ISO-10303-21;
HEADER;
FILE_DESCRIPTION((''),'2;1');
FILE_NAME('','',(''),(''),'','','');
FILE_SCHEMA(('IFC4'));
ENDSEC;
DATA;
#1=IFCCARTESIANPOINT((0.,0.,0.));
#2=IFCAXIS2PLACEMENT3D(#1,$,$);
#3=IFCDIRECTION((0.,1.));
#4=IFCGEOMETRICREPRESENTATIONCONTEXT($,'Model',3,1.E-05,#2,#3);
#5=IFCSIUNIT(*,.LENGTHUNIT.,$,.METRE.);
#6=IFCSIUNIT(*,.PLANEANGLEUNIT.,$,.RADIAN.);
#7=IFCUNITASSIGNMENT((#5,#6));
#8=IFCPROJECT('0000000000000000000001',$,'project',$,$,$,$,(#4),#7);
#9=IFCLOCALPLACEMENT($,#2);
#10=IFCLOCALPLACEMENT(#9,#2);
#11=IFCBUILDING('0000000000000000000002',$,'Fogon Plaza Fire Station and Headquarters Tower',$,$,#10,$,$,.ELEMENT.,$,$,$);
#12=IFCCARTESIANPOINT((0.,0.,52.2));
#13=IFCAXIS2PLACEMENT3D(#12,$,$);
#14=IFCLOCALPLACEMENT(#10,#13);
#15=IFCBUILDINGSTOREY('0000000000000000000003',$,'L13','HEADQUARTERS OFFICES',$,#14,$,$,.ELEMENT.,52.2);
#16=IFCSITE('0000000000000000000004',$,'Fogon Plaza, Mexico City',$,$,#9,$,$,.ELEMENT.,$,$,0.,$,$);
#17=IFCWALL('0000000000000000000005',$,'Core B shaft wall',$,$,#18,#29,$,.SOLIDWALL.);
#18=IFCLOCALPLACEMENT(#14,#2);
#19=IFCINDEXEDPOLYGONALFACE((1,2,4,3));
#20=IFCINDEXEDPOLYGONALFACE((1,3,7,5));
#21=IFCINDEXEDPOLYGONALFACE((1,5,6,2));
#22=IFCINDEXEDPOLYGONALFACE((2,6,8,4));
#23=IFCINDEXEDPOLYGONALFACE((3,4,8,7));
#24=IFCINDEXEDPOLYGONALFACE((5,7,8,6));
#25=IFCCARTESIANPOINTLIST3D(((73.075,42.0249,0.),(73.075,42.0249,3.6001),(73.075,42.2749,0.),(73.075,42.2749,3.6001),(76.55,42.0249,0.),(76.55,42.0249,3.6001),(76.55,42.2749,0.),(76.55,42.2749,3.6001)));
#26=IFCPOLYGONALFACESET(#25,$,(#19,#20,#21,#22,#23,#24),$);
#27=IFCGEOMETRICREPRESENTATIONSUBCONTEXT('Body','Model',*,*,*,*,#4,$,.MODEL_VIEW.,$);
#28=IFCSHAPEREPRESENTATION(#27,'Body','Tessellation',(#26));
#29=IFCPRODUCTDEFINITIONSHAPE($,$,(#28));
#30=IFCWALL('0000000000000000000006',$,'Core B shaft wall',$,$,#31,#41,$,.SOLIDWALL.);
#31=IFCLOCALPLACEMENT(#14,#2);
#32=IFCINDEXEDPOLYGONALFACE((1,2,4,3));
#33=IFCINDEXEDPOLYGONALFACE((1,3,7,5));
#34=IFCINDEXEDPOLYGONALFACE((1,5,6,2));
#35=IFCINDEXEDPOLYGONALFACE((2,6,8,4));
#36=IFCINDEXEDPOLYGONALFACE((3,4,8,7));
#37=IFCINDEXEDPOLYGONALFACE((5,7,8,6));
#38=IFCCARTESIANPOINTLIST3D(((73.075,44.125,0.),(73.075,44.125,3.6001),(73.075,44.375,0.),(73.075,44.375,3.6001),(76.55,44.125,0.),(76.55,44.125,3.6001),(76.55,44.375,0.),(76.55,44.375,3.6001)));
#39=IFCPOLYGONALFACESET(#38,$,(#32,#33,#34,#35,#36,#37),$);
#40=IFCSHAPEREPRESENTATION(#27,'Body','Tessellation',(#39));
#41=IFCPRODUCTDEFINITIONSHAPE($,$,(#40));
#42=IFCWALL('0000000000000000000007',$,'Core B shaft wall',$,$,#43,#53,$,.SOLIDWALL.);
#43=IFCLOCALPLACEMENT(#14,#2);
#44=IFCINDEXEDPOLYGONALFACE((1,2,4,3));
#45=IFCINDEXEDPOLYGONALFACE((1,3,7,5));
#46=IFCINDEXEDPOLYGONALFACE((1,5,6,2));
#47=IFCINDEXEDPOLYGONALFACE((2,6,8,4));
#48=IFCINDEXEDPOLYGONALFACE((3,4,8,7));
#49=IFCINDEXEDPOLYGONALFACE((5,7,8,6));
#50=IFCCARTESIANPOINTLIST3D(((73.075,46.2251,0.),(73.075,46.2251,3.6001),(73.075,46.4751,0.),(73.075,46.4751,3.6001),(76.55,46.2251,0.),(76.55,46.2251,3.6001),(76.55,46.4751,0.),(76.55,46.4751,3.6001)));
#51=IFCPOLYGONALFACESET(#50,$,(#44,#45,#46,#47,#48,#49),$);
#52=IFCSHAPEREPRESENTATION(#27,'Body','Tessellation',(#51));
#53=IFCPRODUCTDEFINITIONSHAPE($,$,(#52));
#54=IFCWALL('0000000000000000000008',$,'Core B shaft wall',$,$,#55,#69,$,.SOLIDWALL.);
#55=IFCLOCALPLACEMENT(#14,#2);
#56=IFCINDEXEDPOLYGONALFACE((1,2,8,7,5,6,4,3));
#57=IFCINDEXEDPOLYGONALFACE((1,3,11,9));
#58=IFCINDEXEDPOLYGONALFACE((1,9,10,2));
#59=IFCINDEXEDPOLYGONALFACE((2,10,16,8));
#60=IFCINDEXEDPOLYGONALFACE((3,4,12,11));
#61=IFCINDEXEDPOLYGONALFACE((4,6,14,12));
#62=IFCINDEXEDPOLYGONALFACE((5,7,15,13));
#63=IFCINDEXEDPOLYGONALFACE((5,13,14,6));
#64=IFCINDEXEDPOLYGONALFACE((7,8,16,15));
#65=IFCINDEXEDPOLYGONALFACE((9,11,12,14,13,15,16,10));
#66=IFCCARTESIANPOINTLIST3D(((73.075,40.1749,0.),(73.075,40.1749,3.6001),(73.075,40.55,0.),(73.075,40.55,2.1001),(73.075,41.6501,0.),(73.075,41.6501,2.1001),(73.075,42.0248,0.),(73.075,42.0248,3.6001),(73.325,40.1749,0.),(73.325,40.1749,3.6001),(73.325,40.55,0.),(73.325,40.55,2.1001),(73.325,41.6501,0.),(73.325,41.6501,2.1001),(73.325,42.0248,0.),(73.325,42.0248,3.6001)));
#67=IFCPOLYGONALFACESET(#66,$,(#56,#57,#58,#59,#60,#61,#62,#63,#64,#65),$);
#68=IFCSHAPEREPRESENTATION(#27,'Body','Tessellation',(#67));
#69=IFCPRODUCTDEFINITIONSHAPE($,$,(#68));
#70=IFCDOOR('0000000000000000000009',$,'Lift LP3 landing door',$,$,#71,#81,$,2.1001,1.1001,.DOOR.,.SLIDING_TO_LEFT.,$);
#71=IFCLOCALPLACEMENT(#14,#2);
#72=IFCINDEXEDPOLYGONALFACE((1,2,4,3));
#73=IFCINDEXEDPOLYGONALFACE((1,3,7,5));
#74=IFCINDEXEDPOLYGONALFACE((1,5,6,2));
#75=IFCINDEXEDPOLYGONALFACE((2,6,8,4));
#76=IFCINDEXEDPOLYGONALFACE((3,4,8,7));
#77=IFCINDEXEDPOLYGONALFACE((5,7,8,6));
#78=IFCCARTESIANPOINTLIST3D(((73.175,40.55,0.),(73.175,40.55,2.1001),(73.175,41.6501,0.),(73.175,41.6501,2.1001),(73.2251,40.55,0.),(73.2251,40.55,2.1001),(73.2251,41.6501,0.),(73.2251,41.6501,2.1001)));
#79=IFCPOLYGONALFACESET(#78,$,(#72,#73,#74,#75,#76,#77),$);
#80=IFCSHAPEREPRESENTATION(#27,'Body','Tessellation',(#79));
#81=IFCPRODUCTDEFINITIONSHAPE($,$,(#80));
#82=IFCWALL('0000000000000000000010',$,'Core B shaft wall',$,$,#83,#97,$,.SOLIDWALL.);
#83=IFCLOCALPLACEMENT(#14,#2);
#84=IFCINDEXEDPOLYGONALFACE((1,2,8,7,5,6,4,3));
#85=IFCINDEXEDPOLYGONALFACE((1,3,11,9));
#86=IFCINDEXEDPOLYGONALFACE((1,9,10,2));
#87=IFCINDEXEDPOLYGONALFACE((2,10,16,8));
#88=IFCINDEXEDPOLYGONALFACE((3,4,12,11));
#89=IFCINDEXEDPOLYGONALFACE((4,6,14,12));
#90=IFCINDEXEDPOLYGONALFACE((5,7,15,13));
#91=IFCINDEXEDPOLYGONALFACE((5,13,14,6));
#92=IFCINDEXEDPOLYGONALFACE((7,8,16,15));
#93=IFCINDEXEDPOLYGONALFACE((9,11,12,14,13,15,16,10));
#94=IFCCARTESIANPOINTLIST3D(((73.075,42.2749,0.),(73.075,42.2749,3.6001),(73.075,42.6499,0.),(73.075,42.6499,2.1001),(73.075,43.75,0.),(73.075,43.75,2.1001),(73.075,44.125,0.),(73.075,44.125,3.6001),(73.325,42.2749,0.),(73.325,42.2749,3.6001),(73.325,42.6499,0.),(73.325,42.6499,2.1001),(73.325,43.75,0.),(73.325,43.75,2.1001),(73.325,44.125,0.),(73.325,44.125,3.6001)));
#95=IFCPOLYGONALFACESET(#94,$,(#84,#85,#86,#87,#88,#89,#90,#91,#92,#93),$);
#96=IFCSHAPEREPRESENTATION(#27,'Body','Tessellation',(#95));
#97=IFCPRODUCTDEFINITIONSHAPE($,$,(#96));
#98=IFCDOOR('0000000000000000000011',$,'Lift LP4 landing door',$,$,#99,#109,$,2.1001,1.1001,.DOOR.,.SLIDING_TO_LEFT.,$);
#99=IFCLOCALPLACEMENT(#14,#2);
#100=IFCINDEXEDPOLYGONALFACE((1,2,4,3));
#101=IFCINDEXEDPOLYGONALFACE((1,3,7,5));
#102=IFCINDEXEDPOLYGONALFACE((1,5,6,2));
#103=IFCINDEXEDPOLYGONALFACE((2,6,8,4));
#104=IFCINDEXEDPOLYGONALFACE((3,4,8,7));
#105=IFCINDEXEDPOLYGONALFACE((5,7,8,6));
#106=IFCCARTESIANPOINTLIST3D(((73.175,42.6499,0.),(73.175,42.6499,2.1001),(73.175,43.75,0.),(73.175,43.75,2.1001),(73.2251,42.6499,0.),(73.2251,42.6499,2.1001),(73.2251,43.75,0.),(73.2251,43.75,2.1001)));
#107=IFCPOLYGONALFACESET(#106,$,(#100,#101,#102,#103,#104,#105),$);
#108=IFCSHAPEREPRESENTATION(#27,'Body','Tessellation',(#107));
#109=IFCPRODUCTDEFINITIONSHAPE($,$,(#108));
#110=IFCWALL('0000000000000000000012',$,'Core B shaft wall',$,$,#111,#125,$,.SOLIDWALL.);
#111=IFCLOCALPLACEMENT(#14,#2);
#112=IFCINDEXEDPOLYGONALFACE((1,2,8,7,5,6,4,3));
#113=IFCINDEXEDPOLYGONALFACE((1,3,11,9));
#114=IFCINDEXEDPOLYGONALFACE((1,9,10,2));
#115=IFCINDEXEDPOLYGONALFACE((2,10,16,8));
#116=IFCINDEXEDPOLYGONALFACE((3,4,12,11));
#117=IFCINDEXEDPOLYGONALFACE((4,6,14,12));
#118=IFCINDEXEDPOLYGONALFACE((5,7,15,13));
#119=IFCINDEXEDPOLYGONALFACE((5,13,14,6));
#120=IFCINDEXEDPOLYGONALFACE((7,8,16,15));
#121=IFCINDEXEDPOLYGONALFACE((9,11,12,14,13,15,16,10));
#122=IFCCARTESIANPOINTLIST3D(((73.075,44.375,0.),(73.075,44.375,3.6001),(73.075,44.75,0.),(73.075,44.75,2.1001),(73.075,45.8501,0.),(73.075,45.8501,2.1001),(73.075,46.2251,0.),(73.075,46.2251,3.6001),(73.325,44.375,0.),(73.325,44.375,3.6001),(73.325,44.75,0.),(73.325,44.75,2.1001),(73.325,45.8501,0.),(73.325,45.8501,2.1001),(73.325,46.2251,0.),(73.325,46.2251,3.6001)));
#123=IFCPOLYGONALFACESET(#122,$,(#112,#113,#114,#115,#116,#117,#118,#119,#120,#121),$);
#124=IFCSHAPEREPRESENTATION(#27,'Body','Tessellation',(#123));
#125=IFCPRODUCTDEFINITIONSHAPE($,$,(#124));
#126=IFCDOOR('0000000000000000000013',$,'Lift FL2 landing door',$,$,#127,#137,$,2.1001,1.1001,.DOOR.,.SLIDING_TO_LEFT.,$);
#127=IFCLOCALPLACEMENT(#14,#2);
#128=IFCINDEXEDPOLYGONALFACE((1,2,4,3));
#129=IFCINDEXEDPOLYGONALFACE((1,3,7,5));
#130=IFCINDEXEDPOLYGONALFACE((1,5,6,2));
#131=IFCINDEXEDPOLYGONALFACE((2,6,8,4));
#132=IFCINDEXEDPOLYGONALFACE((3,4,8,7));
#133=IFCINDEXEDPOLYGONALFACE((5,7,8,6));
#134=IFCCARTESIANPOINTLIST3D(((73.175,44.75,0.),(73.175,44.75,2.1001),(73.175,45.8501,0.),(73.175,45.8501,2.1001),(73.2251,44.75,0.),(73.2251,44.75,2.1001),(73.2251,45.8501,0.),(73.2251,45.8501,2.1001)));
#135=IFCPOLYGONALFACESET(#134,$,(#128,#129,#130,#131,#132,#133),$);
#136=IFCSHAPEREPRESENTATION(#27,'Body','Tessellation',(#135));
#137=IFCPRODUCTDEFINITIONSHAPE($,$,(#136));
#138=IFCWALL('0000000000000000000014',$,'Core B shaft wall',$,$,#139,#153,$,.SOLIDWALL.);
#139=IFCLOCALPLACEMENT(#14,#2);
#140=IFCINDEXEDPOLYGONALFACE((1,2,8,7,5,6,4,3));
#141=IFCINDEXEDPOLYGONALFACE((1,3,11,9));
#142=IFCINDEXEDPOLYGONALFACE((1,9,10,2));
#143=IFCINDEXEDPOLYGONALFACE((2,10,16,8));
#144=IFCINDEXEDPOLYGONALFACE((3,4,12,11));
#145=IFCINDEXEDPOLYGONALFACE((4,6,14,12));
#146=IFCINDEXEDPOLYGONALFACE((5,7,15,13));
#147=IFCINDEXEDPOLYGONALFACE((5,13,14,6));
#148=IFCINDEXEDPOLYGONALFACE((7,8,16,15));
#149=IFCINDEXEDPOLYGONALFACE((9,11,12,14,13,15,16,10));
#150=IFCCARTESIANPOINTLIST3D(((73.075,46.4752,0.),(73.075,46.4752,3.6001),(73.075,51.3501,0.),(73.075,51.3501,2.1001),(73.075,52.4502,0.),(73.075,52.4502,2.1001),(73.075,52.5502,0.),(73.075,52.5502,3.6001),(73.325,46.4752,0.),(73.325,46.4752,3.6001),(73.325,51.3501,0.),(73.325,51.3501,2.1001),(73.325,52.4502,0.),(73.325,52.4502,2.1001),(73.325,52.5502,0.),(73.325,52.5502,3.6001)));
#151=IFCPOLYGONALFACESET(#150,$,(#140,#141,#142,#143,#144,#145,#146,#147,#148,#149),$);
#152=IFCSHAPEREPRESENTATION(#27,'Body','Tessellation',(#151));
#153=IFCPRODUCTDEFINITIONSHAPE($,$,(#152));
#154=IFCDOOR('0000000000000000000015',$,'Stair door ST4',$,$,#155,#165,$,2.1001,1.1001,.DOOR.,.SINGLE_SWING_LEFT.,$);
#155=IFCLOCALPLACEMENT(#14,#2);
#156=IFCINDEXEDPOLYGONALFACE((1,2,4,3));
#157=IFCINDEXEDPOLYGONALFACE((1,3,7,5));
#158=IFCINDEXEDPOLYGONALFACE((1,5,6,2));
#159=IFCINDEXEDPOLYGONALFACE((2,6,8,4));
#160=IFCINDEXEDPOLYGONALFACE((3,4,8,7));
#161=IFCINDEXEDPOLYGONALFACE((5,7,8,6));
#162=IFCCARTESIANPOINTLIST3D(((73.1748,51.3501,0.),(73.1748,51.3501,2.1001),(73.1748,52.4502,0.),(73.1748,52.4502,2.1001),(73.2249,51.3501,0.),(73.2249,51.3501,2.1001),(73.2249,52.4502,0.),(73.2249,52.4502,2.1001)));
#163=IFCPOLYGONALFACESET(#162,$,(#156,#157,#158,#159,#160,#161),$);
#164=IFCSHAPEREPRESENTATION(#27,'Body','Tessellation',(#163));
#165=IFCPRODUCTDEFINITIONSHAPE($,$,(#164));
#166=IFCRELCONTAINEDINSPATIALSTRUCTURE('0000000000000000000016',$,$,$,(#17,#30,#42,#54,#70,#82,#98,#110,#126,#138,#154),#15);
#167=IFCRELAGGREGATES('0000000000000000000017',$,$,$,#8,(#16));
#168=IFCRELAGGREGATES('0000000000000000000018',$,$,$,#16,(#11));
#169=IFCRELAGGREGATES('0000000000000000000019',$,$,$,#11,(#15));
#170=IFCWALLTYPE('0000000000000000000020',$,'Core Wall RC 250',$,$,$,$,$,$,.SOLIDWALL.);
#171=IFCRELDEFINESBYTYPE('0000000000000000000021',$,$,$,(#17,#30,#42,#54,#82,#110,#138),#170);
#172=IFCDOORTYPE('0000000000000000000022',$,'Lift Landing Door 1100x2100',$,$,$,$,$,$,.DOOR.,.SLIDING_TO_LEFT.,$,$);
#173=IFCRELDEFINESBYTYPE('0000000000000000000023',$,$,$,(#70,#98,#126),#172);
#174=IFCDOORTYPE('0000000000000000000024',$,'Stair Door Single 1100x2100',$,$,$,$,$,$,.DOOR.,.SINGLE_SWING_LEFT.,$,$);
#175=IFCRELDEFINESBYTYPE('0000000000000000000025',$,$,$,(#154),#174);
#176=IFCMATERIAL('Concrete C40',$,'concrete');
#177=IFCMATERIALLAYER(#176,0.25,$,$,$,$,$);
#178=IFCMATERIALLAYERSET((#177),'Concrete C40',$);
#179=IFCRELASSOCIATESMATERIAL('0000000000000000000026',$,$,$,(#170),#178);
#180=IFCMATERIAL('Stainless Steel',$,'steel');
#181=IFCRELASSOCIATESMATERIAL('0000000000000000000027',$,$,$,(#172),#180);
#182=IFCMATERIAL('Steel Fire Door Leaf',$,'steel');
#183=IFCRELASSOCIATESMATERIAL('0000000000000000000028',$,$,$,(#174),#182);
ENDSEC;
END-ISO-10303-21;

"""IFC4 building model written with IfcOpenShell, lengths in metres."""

from ifc_helpers import new_model, si_unit, direction, frame, frame_2d, origin, place, context, subcontext, project, spatial, rectangle, extrude, material, layer, layer_set, type_object, element, fill, save


model = new_model("IFC4")

# Units and contexts
model_context = context("Model", 3, precision=1e-05, world=origin(), true_north=direction((0.0, 1.0)))
body_context = subcontext(model_context, "Body", "Model", "MODEL_VIEW")
ifc_project = project(units=[si_unit("LENGTHUNIT", "METRE"), si_unit("PLANEANGLEUNIT", "RADIAN")], contexts=[model_context])

# Site, building, storey
site_placement = place(None, origin())
site = spatial("IfcSite", under=ifc_project, at=site_placement, Name="Fogon Plaza, Mexico City", CompositionType="ELEMENT", RefElevation=0.0)
building_placement = place(site_placement, origin())
building = spatial("IfcBuilding", under=site, at=building_placement, Name="Fogon Plaza Fire Station and Headquarters Tower", CompositionType="ELEMENT")
storey_placement = place(building_placement, frame((0.0, 0.0, 52.2)))
storey = spatial("IfcBuildingStorey", under=building, at=storey_placement, Name="L13", Description="HEADQUARTERS OFFICES", CompositionType="ELEMENT", Elevation=52.2)

# Walls
ifc_material_1 = material(Name="Concrete C40", Category="concrete")
ifc_layer_1 = layer(ifc_material_1, 0.25)
ifc_layer_set_1 = layer_set([ifc_layer_1], Name="Concrete C40")
wall_type_1 = type_object("IfcWallType", Name="Core Wall RC 250", PredefinedType="SOLIDWALL", material=ifc_layer_set_1)
for number, where, z_axis, x_axis, name in (
    (1, (76.55, 42.1499, 0.0), (0.0, 0.0, 1.0), (-1.0, 0.0, 0.0), "Core B shaft wall"),
    (2, (76.55, 44.25, 0.0), (0.0, 0.0, 1.0), (-1.0, 0.0, 0.0), "Core B shaft wall"),
    (3, (76.55, 46.3501, 0.0), (0.0, 0.0, 1.0), (-1.0, 0.0, 0.0), "Core B shaft wall"),
):
    element("IfcWall", number, at=place(storey_placement, frame(where, z_axis=z_axis, x_axis=x_axis)), inside=storey, type_object=wall_type_1, Name=name, PredefinedType="SOLIDWALL", context=body_context, shape_type="SweptSolid", body=[
        extrude(rectangle(XDim=3.4751, YDim=0.25, at=frame_2d((1.7375, 0.0))), origin(), (0.0, 0.0, 1.0), 3.6001),
    ])

# Walls, openings, doors
wall_1_placement = place(storey_placement, frame((73.2, 40.175, 0.0), z_axis=(0.0, 0.0, 1.0), x_axis=(0.0, 1.0, 0.0)))
wall_1 = element("IfcWall", 4, at=wall_1_placement, inside=storey, type_object=wall_type_1, Name="Core B shaft wall", PredefinedType="SOLIDWALL", context=body_context, shape_type="SweptSolid", body=[
    extrude(rectangle(XDim=1.8499, YDim=0.25, at=frame_2d((0.9248, 0.0))), origin(), (0.0, 0.0, 1.0), 3.6001),
])
opening_1_placement = place(wall_1_placement, frame((0.375, 0.0, 0.0)))
opening_1 = element("IfcOpeningElement", 5, at=opening_1_placement, cuts=wall_1, PredefinedType="OPENING", context=body_context, shape_type="SweptSolid", body=[
    extrude(rectangle(XDim=1.1001, YDim=2.1001, at=frame_2d((0.55, 1.05))), frame((0.0, 0.135, 0.0), z_axis=(0.0, -1.0, 0.0), x_axis=(1.0, 0.0, 0.0)), (0.0, 0.0, 1.0), 0.27),
])
ifc_material_2 = material(Name="Stainless Steel", Category="steel")
door_type_1 = type_object("IfcDoorType", Name="Lift Landing Door 1100x2100", OperationType="SLIDING_TO_LEFT", PredefinedType="DOOR", material=ifc_material_2)
door_1_placement = place(opening_1_placement, origin())
door_1 = element("IfcDoor", 6, at=door_1_placement, inside=storey, type_object=door_type_1, Name="Lift LP3 landing door", OperationType="SLIDING_TO_LEFT", OverallHeight=2.1001, OverallWidth=1.1001, PredefinedType="DOOR", context=body_context, shape_type="SweptSolid", body=[
    extrude(rectangle(XDim=1.1001, YDim=2.1001, at=frame_2d((0.55, 1.05))), frame((0.0, 0.0249, 0.0), z_axis=(0.0, -1.0, 0.0), x_axis=(1.0, 0.0, 0.0)), (0.0, 0.0, 1.0), 0.05),
])
fill(opening_1, door_1)
wall_2_placement = place(storey_placement, frame((73.2, 42.2749, 0.0), z_axis=(0.0, 0.0, 1.0), x_axis=(0.0, 1.0, 0.0)))
wall_2 = element("IfcWall", 7, at=wall_2_placement, inside=storey, type_object=wall_type_1, Name="Core B shaft wall", PredefinedType="SOLIDWALL", context=body_context, shape_type="SweptSolid", body=[
    extrude(rectangle(XDim=1.8501, YDim=0.25, at=frame_2d((0.925, 0.0))), origin(), (0.0, 0.0, 1.0), 3.6001),
])
opening_2_placement = place(wall_2_placement, frame((0.375, 0.0, 0.0)))
opening_2 = element("IfcOpeningElement", 8, at=opening_2_placement, cuts=wall_2, PredefinedType="OPENING", context=body_context, shape_type="SweptSolid", body=[
    extrude(rectangle(XDim=1.1001, YDim=2.1001, at=frame_2d((0.55, 1.05))), frame((0.0, 0.135, 0.0), z_axis=(0.0, -1.0, 0.0), x_axis=(1.0, 0.0, 0.0)), (0.0, 0.0, 1.0), 0.27),
])
door_2_placement = place(opening_2_placement, origin())
door_2 = element("IfcDoor", 9, at=door_2_placement, inside=storey, type_object=door_type_1, Name="Lift LP4 landing door", OperationType="SLIDING_TO_LEFT", OverallHeight=2.1001, OverallWidth=1.1001, PredefinedType="DOOR", context=body_context, shape_type="SweptSolid", body=[
    extrude(rectangle(XDim=1.1001, YDim=2.1001, at=frame_2d((0.55, 1.05))), frame((0.0, 0.0249, 0.0), z_axis=(0.0, -1.0, 0.0), x_axis=(1.0, 0.0, 0.0)), (0.0, 0.0, 1.0), 0.05),
])
fill(opening_2, door_2)
wall_3_placement = place(storey_placement, frame((73.2, 44.375, 0.0), z_axis=(0.0, 0.0, 1.0), x_axis=(0.0, 1.0, 0.0)))
wall_3 = element("IfcWall", 10, at=wall_3_placement, inside=storey, type_object=wall_type_1, Name="Core B shaft wall", PredefinedType="SOLIDWALL", context=body_context, shape_type="SweptSolid", body=[
    extrude(rectangle(XDim=1.8501, YDim=0.25, at=frame_2d((0.925, 0.0))), origin(), (0.0, 0.0, 1.0), 3.6001),
])
opening_3_placement = place(wall_3_placement, frame((0.375, 0.0, 0.0)))
opening_3 = element("IfcOpeningElement", 11, at=opening_3_placement, cuts=wall_3, PredefinedType="OPENING", context=body_context, shape_type="SweptSolid", body=[
    extrude(rectangle(XDim=1.1001, YDim=2.1001, at=frame_2d((0.55, 1.05))), frame((0.0, 0.135, 0.0), z_axis=(0.0, -1.0, 0.0), x_axis=(1.0, 0.0, 0.0)), (0.0, 0.0, 1.0), 0.27),
])
door_3_placement = place(opening_3_placement, origin())
door_3 = element("IfcDoor", 12, at=door_3_placement, inside=storey, type_object=door_type_1, Name="Lift FL2 landing door", OperationType="SLIDING_TO_LEFT", OverallHeight=2.1001, OverallWidth=1.1001, PredefinedType="DOOR", context=body_context, shape_type="SweptSolid", body=[
    extrude(rectangle(XDim=1.1001, YDim=2.1001, at=frame_2d((0.55, 1.05))), frame((0.0, 0.0249, 0.0), z_axis=(0.0, -1.0, 0.0), x_axis=(1.0, 0.0, 0.0)), (0.0, 0.0, 1.0), 0.05),
])
fill(opening_3, door_3)
wall_4_placement = place(storey_placement, frame((73.2, 46.4751, 0.0), z_axis=(0.0, 0.0, 1.0), x_axis=(0.0, 1.0, 0.0)))
wall_4 = element("IfcWall", 13, at=wall_4_placement, inside=storey, type_object=wall_type_1, Name="Core B shaft wall", PredefinedType="SOLIDWALL", context=body_context, shape_type="SweptSolid", body=[
    extrude(rectangle(XDim=6.075, YDim=0.25, at=frame_2d((3.0376, 0.0))), origin(), (0.0, 0.0, 1.0), 3.6001),
])
opening_4_placement = place(wall_4_placement, frame((4.875, 0.0, 0.0)))
opening_4 = element("IfcOpeningElement", 14, at=opening_4_placement, cuts=wall_4, PredefinedType="OPENING", context=body_context, shape_type="SweptSolid", body=[
    extrude(rectangle(XDim=1.1001, YDim=2.1001, at=frame_2d((0.55, 1.05))), frame((0.0, 0.135, 0.0), z_axis=(0.0, -1.0, 0.0), x_axis=(1.0, 0.0, 0.0)), (0.0, 0.0, 1.0), 0.27),
])
ifc_material_3 = material(Name="Steel Fire Door Leaf", Category="steel")
door_type_2 = type_object("IfcDoorType", Name="Stair Door Single 1100x2100", OperationType="SINGLE_SWING_LEFT", PredefinedType="DOOR", material=ifc_material_3)
door_4_placement = place(opening_4_placement, frame((1.1001, 0.0, 0.0), z_axis=(0.0, 0.0, 1.0), x_axis=(-1.0, 0.0, 0.0)))
door_4 = element("IfcDoor", 15, at=door_4_placement, inside=storey, type_object=door_type_2, Name="Stair door ST4", OperationType="SINGLE_SWING_LEFT", OverallHeight=2.1001, OverallWidth=1.1001, PredefinedType="DOOR", context=body_context, shape_type="SweptSolid", body=[
    extrude(rectangle(XDim=1.1001, YDim=2.1001, at=frame_2d((0.55, 1.05))), frame((0.0, 0.0249, 0.0), z_axis=(0.0, -1.0, 0.0), x_axis=(1.0, 0.0, 0.0)), (0.0, 0.0, 1.0), 0.05),
])
fill(opening_4, door_4)

save(model, "model.ifc")
